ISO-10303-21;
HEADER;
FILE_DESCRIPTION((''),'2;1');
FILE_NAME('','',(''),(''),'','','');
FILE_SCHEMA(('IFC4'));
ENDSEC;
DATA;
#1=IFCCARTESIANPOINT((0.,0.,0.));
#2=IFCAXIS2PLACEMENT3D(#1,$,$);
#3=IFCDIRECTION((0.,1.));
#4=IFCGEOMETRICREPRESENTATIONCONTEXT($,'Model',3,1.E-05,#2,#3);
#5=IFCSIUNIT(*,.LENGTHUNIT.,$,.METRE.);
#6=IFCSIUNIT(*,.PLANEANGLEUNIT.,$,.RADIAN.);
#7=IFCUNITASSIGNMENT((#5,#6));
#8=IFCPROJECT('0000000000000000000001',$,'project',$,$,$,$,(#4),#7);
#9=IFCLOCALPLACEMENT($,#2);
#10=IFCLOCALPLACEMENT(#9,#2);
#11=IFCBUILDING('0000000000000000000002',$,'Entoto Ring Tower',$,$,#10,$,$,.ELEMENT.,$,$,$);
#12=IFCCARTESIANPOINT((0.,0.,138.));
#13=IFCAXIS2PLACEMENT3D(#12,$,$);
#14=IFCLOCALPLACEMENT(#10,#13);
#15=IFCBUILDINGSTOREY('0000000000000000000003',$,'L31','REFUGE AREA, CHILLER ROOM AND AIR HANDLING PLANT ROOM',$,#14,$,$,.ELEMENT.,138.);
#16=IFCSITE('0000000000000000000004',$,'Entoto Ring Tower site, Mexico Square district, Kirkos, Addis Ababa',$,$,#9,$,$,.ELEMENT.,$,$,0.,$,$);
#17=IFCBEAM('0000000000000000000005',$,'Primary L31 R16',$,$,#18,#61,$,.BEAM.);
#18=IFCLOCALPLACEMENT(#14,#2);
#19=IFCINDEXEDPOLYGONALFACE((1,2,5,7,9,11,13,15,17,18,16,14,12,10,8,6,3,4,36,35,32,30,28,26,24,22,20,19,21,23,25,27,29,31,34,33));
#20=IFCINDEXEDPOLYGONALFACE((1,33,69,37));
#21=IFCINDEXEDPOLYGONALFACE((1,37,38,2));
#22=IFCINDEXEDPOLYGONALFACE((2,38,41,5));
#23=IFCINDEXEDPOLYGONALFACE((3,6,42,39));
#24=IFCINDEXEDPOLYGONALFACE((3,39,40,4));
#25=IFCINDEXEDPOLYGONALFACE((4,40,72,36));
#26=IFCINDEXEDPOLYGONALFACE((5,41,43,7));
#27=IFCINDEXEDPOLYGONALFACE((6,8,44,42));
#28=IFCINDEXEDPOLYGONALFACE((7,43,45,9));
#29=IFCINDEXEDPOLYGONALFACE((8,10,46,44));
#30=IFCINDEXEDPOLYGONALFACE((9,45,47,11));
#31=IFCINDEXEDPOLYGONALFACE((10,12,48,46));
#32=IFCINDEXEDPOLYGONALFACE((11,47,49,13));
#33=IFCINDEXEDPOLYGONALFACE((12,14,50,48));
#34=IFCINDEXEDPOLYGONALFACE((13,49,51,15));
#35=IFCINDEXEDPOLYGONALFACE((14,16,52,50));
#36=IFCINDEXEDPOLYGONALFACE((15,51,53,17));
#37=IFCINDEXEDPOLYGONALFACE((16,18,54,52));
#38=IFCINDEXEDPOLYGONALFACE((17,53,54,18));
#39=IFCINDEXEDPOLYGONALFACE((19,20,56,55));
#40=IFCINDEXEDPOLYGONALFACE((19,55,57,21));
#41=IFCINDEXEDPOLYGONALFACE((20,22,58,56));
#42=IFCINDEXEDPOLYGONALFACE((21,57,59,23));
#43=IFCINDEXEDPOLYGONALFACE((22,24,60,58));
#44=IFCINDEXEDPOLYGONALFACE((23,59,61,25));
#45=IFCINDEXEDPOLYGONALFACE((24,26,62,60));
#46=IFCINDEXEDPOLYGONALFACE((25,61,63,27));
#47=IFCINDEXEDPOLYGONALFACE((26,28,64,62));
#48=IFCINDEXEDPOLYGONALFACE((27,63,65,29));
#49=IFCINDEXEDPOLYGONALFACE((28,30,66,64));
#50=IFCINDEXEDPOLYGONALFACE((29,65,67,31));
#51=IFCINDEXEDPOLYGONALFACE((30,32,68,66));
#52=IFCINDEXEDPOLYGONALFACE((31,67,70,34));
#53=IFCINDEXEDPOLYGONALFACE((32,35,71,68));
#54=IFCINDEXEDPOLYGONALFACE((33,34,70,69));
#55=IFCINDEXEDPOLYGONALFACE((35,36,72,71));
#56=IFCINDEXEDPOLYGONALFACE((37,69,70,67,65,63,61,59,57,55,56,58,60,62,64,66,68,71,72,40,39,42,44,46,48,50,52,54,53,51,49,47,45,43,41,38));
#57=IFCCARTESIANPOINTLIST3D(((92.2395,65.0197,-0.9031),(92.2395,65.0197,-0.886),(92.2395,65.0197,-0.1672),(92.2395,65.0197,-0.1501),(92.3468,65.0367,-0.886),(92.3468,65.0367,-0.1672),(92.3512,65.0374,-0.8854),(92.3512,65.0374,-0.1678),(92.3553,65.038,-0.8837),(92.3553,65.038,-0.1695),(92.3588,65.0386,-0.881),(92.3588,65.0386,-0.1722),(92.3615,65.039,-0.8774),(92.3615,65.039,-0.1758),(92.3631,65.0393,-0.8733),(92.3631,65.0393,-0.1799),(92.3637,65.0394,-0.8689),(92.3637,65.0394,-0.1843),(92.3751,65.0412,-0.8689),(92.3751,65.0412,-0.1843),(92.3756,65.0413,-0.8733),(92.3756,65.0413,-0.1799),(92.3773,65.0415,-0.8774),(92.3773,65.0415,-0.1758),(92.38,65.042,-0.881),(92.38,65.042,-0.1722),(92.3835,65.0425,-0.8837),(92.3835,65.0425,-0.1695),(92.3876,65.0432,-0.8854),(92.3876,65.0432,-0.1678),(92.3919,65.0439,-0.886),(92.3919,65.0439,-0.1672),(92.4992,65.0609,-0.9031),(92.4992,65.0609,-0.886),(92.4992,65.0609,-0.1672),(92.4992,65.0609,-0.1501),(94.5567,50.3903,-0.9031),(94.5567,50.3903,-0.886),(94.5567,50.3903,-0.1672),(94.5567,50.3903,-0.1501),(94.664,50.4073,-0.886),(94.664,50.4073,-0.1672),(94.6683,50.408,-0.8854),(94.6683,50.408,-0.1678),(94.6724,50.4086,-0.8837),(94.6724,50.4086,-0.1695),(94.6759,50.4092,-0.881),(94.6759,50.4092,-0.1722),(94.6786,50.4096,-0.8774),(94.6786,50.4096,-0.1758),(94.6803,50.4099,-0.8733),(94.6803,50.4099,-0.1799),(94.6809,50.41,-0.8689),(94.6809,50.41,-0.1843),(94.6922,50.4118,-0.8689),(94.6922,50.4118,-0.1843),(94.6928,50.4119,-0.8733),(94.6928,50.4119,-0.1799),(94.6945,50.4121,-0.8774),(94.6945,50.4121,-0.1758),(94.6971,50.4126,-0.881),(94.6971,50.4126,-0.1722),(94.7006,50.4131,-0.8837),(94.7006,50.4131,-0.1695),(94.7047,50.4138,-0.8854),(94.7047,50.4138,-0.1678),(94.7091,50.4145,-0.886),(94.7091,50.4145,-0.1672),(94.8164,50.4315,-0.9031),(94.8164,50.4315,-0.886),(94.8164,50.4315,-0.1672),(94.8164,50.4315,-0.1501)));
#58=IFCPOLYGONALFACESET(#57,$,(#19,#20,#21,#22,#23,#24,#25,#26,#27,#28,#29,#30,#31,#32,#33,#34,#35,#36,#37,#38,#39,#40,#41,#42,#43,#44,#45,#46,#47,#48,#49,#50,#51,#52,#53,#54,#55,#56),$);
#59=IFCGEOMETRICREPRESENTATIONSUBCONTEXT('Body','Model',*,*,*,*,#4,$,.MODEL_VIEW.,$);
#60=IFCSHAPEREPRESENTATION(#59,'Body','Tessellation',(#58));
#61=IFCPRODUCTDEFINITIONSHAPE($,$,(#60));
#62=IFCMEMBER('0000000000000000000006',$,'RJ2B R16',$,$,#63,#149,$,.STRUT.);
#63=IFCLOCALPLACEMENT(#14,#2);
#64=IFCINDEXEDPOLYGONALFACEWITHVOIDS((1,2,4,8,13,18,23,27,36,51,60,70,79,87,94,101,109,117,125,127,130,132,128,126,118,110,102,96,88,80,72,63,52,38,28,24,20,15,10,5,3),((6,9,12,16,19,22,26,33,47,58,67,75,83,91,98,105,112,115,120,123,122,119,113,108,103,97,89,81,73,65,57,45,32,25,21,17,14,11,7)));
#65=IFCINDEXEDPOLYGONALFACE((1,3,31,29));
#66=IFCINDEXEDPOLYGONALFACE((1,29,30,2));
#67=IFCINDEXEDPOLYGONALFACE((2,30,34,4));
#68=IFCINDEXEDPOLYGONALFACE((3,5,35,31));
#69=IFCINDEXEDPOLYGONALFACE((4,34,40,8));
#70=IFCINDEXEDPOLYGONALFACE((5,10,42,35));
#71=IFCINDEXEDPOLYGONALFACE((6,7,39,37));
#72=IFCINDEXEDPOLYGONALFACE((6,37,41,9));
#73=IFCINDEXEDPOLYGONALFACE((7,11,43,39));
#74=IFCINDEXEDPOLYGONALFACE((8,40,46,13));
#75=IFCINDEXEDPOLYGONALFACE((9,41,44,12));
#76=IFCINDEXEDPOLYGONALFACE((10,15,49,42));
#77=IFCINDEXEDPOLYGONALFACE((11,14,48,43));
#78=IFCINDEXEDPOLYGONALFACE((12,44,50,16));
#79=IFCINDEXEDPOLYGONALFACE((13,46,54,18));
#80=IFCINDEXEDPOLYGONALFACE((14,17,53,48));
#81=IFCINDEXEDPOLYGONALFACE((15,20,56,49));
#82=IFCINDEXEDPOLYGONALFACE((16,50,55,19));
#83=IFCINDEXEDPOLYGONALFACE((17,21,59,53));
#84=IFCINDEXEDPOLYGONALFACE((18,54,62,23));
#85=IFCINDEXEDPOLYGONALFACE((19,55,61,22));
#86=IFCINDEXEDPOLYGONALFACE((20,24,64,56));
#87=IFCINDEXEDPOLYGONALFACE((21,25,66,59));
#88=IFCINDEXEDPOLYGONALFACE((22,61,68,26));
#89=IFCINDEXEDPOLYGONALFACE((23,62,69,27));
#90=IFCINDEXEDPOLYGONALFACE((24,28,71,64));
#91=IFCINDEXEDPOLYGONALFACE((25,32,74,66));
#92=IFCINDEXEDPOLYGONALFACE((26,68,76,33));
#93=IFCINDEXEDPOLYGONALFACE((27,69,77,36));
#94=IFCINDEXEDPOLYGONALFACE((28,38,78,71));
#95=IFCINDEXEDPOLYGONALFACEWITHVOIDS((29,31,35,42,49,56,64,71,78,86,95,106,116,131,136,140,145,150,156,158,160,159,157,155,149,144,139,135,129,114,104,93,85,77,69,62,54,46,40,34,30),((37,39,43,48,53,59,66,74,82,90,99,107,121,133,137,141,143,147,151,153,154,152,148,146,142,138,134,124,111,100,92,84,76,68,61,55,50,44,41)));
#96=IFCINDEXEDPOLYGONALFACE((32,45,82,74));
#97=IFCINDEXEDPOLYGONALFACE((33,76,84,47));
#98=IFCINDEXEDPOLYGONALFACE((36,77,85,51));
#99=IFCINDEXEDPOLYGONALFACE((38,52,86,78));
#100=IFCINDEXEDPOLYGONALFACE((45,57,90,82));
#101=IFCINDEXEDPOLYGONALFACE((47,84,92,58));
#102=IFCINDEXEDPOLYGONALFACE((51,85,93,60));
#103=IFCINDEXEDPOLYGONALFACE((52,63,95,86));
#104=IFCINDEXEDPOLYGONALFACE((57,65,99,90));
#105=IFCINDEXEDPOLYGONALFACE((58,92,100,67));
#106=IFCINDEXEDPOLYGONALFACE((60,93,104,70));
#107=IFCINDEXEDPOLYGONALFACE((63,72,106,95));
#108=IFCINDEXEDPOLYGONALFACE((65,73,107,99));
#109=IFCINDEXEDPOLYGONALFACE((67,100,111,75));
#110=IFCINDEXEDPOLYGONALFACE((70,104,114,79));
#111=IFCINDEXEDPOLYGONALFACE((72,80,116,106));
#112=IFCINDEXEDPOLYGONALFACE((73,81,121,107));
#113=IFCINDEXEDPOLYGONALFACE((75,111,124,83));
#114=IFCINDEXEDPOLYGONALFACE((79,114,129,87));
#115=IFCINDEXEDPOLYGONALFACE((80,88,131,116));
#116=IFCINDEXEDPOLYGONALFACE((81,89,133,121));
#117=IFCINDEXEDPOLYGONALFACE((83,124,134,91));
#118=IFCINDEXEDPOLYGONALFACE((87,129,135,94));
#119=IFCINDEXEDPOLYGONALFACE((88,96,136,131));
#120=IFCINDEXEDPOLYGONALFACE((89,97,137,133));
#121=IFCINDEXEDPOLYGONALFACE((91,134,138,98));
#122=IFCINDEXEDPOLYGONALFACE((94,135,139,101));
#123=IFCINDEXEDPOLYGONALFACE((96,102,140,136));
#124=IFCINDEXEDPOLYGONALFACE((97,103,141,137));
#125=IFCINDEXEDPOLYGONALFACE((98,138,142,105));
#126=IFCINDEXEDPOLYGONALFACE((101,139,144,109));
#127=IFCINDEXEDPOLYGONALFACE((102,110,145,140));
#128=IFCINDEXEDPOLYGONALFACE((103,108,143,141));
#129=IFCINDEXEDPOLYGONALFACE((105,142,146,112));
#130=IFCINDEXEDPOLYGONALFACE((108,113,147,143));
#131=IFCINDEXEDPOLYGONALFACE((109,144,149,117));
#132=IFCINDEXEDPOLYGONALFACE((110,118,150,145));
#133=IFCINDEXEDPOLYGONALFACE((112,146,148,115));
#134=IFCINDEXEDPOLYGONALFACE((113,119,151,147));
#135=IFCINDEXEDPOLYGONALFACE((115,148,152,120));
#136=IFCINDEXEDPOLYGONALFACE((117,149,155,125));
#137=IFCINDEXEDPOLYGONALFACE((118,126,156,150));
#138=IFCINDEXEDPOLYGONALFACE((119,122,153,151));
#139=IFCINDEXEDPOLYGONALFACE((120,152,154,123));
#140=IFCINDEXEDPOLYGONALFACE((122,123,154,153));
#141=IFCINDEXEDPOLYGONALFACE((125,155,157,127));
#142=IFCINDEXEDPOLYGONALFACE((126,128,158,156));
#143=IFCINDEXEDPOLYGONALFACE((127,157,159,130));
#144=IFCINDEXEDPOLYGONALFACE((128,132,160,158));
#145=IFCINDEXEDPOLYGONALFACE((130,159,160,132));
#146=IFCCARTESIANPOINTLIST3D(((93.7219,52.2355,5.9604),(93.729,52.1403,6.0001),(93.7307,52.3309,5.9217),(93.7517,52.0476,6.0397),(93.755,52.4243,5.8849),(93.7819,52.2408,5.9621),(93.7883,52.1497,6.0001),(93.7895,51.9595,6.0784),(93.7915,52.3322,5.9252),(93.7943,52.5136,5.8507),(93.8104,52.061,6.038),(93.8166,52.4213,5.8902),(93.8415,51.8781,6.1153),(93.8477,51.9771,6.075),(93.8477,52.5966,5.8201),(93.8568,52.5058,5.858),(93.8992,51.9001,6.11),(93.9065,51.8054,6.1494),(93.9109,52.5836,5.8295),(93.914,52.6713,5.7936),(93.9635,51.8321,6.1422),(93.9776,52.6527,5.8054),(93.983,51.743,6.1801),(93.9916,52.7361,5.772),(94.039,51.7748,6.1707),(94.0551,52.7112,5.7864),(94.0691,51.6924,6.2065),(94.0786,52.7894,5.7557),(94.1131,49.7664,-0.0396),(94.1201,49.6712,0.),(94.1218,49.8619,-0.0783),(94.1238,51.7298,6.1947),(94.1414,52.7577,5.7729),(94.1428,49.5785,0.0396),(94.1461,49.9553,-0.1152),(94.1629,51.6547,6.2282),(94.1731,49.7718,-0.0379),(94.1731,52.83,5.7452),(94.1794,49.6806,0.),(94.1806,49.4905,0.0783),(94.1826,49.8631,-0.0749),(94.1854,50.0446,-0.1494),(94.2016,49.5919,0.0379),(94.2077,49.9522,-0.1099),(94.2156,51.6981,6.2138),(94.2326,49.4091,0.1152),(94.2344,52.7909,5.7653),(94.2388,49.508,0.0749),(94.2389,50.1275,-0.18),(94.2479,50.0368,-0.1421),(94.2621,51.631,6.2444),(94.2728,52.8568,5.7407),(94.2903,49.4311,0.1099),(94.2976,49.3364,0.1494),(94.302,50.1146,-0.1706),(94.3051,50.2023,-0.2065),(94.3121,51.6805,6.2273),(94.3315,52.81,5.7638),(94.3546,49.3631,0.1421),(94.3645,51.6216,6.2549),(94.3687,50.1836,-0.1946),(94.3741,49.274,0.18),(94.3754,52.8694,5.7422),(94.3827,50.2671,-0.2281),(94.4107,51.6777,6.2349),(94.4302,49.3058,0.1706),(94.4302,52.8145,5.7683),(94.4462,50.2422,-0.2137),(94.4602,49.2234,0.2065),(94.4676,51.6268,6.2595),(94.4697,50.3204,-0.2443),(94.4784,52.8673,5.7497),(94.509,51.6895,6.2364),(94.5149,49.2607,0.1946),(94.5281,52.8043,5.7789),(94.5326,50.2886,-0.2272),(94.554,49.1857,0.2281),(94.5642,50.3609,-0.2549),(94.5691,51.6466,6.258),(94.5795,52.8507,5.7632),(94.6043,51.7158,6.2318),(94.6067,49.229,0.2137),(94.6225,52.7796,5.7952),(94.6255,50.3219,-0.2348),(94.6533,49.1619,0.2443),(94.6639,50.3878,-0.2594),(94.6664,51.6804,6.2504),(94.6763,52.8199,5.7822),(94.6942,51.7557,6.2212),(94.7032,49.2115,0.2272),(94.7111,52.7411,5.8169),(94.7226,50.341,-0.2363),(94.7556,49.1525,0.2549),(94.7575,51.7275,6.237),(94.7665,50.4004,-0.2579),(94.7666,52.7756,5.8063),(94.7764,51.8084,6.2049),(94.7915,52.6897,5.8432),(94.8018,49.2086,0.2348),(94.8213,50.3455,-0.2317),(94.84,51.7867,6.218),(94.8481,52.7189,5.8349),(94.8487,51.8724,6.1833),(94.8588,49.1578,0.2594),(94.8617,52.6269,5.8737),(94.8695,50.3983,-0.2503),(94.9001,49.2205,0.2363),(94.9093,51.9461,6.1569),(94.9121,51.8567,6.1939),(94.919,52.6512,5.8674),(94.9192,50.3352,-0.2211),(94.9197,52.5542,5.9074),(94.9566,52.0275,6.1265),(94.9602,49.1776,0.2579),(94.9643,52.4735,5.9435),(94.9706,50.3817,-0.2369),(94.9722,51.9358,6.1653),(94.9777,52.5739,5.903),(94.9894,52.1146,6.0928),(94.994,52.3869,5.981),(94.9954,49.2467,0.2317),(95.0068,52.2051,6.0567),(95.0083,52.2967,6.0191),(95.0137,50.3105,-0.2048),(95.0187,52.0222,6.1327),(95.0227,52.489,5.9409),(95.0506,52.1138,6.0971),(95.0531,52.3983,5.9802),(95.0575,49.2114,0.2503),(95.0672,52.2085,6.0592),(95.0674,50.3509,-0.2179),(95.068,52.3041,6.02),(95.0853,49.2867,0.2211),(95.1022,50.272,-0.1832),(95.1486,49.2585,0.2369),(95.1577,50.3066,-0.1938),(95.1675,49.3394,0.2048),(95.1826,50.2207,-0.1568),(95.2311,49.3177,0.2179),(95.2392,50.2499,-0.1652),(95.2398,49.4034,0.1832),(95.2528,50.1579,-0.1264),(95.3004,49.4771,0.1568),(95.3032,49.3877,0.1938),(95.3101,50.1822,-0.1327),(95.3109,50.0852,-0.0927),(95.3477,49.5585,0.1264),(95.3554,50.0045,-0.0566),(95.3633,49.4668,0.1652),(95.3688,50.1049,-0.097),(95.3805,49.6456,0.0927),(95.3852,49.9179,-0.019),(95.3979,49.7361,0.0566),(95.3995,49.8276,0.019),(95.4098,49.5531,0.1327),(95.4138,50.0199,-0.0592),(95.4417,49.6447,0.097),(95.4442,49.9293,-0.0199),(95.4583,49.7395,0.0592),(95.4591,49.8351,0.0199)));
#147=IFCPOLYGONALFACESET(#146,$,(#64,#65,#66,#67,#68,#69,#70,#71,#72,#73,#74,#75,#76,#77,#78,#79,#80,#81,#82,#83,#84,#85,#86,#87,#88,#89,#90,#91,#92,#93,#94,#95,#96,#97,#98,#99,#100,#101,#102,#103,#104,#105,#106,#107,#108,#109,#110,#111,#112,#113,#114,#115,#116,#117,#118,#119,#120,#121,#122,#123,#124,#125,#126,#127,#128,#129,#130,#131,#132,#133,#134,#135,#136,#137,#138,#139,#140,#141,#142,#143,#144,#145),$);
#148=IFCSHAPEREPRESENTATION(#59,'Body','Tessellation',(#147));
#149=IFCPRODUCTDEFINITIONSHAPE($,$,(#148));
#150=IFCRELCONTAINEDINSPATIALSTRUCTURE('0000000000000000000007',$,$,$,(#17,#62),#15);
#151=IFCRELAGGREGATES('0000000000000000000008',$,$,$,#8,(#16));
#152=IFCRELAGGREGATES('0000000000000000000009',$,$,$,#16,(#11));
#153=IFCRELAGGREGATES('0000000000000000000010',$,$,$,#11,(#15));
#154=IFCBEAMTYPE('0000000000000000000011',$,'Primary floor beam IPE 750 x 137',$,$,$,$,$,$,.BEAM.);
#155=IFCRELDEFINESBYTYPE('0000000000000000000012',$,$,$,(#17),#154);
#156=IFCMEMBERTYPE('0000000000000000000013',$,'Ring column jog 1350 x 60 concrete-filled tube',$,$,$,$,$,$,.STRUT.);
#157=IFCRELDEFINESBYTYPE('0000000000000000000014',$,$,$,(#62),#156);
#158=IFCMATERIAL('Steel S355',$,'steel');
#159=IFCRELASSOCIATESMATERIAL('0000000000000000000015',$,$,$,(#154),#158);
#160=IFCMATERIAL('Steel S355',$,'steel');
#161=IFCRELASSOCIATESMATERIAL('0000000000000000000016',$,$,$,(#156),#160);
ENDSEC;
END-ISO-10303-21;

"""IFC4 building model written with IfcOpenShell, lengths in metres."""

from ifc_helpers import new_model, si_unit, direction, frame, origin, origin_2d, place, context, subcontext, project, spatial, circle, hollow_circle, i_section, extrude, material, material_profile, profile_set, type_object, element, save


model = new_model("IFC4")

# Units and contexts
model_context = context("Model", 3, precision=1e-05, world=origin(), true_north=direction((0.0, 1.0)))
body_context = subcontext(model_context, "Body", "Model", "MODEL_VIEW")
ifc_project = project(units=[si_unit("LENGTHUNIT", "METRE"), si_unit("PLANEANGLEUNIT", "RADIAN")], contexts=[model_context])

# Site, building, storey
site_placement = place(None, origin())
site = spatial("IfcSite", under=ifc_project, at=site_placement, Name="Entoto Ring Tower site, Mexico Square district, Kirkos, Addis Ababa", CompositionType="ELEMENT", RefElevation=0.0)
building_placement = place(site_placement, origin())
building = spatial("IfcBuilding", under=site, at=building_placement, Name="Entoto Ring Tower", CompositionType="ELEMENT")
storey_placement = place(building_placement, frame((0.0, 0.0, 138.0)))
storey = spatial("IfcBuildingStorey", under=building, at=storey_placement, Name="L31", Description="REFUGE AREA, CHILLER ROOM AND AIR HANDLING PLANT ROOM", CompositionType="ELEMENT", Elevation=138.0)

# Beam
ifc_material_1 = material(Name="Steel S355", Category="steel")
ifc_material_profile_1 = material_profile(ifc_material_1, i_section(OverallWidth=0.2629, OverallDepth=0.7529, WebThickness=0.0115, FlangeThickness=0.0171, FilletRadius=0.0171, at=origin_2d()), Name="IPE 750 x 137")
ifc_profile_set_1 = profile_set([ifc_material_profile_1], Name="Steel S355")
beam_type_1 = type_object("IfcBeamType", Name="Primary floor beam IPE 750 x 137", PredefinedType="BEAM", material=ifc_profile_set_1)
beam_1_placement = place(storey_placement, frame((92.3694, 65.0403, -0.5266), z_axis=(0.156439, -0.987688, 0.0), x_axis=(0.987688, 0.156439, 0.0)))
element("IfcBeam", 1, at=beam_1_placement, inside=storey, type_object=beam_type_1, Name="Primary L31 R16", PredefinedType="BEAM", context=body_context, shape_type="SweptSolid", body=[
    extrude(i_section(OverallWidth=0.2629, OverallDepth=0.7529, WebThickness=0.0115, FlangeThickness=0.0171, FilletRadius=0.0171, at=origin_2d()), origin(), (0.0, 0.0, 1.0), 14.8118),
])

# Member
ifc_material_2 = material(Name="Steel S355", Category="steel")
ifc_material_profile_2 = material_profile(ifc_material_2, hollow_circle(Radius=0.675, WallThickness=0.0601, at=origin_2d()), Name="CHS 1350 x 60")
ifc_material_3 = material(Name="Concrete C60/75", Category="concrete")
ifc_material_profile_3 = material_profile(ifc_material_3, circle(Radius=0.615, at=origin_2d()), Name="Concrete C60/75 infill")
ifc_profile_set_2 = profile_set([ifc_material_profile_2, ifc_material_profile_3], Name="Steel S355")
member_type_1 = type_object("IfcMemberType", Name="Ring column jog 1350 x 60 concrete-filled tube", PredefinedType="STRUT", material=ifc_profile_set_2)
member_1_placement = place(storey_placement, frame((94.7869, 49.7769, 0.0), z_axis=(-0.060172, 0.37985, 0.923089), x_axis=(-0.987684, -0.156459, 0.0)))
element("IfcMember", 2, at=member_1_placement, inside=storey, type_object=member_type_1, Name="RJ2B R16", PredefinedType="STRUT", context=body_context, shape_type="SweptSolid", body=[
    extrude(hollow_circle(Radius=0.675, WallThickness=0.0601, at=origin_2d()), origin(), (0.0, 0.0, 1.0), 6.5),
])

save(model, "model.ifc")
